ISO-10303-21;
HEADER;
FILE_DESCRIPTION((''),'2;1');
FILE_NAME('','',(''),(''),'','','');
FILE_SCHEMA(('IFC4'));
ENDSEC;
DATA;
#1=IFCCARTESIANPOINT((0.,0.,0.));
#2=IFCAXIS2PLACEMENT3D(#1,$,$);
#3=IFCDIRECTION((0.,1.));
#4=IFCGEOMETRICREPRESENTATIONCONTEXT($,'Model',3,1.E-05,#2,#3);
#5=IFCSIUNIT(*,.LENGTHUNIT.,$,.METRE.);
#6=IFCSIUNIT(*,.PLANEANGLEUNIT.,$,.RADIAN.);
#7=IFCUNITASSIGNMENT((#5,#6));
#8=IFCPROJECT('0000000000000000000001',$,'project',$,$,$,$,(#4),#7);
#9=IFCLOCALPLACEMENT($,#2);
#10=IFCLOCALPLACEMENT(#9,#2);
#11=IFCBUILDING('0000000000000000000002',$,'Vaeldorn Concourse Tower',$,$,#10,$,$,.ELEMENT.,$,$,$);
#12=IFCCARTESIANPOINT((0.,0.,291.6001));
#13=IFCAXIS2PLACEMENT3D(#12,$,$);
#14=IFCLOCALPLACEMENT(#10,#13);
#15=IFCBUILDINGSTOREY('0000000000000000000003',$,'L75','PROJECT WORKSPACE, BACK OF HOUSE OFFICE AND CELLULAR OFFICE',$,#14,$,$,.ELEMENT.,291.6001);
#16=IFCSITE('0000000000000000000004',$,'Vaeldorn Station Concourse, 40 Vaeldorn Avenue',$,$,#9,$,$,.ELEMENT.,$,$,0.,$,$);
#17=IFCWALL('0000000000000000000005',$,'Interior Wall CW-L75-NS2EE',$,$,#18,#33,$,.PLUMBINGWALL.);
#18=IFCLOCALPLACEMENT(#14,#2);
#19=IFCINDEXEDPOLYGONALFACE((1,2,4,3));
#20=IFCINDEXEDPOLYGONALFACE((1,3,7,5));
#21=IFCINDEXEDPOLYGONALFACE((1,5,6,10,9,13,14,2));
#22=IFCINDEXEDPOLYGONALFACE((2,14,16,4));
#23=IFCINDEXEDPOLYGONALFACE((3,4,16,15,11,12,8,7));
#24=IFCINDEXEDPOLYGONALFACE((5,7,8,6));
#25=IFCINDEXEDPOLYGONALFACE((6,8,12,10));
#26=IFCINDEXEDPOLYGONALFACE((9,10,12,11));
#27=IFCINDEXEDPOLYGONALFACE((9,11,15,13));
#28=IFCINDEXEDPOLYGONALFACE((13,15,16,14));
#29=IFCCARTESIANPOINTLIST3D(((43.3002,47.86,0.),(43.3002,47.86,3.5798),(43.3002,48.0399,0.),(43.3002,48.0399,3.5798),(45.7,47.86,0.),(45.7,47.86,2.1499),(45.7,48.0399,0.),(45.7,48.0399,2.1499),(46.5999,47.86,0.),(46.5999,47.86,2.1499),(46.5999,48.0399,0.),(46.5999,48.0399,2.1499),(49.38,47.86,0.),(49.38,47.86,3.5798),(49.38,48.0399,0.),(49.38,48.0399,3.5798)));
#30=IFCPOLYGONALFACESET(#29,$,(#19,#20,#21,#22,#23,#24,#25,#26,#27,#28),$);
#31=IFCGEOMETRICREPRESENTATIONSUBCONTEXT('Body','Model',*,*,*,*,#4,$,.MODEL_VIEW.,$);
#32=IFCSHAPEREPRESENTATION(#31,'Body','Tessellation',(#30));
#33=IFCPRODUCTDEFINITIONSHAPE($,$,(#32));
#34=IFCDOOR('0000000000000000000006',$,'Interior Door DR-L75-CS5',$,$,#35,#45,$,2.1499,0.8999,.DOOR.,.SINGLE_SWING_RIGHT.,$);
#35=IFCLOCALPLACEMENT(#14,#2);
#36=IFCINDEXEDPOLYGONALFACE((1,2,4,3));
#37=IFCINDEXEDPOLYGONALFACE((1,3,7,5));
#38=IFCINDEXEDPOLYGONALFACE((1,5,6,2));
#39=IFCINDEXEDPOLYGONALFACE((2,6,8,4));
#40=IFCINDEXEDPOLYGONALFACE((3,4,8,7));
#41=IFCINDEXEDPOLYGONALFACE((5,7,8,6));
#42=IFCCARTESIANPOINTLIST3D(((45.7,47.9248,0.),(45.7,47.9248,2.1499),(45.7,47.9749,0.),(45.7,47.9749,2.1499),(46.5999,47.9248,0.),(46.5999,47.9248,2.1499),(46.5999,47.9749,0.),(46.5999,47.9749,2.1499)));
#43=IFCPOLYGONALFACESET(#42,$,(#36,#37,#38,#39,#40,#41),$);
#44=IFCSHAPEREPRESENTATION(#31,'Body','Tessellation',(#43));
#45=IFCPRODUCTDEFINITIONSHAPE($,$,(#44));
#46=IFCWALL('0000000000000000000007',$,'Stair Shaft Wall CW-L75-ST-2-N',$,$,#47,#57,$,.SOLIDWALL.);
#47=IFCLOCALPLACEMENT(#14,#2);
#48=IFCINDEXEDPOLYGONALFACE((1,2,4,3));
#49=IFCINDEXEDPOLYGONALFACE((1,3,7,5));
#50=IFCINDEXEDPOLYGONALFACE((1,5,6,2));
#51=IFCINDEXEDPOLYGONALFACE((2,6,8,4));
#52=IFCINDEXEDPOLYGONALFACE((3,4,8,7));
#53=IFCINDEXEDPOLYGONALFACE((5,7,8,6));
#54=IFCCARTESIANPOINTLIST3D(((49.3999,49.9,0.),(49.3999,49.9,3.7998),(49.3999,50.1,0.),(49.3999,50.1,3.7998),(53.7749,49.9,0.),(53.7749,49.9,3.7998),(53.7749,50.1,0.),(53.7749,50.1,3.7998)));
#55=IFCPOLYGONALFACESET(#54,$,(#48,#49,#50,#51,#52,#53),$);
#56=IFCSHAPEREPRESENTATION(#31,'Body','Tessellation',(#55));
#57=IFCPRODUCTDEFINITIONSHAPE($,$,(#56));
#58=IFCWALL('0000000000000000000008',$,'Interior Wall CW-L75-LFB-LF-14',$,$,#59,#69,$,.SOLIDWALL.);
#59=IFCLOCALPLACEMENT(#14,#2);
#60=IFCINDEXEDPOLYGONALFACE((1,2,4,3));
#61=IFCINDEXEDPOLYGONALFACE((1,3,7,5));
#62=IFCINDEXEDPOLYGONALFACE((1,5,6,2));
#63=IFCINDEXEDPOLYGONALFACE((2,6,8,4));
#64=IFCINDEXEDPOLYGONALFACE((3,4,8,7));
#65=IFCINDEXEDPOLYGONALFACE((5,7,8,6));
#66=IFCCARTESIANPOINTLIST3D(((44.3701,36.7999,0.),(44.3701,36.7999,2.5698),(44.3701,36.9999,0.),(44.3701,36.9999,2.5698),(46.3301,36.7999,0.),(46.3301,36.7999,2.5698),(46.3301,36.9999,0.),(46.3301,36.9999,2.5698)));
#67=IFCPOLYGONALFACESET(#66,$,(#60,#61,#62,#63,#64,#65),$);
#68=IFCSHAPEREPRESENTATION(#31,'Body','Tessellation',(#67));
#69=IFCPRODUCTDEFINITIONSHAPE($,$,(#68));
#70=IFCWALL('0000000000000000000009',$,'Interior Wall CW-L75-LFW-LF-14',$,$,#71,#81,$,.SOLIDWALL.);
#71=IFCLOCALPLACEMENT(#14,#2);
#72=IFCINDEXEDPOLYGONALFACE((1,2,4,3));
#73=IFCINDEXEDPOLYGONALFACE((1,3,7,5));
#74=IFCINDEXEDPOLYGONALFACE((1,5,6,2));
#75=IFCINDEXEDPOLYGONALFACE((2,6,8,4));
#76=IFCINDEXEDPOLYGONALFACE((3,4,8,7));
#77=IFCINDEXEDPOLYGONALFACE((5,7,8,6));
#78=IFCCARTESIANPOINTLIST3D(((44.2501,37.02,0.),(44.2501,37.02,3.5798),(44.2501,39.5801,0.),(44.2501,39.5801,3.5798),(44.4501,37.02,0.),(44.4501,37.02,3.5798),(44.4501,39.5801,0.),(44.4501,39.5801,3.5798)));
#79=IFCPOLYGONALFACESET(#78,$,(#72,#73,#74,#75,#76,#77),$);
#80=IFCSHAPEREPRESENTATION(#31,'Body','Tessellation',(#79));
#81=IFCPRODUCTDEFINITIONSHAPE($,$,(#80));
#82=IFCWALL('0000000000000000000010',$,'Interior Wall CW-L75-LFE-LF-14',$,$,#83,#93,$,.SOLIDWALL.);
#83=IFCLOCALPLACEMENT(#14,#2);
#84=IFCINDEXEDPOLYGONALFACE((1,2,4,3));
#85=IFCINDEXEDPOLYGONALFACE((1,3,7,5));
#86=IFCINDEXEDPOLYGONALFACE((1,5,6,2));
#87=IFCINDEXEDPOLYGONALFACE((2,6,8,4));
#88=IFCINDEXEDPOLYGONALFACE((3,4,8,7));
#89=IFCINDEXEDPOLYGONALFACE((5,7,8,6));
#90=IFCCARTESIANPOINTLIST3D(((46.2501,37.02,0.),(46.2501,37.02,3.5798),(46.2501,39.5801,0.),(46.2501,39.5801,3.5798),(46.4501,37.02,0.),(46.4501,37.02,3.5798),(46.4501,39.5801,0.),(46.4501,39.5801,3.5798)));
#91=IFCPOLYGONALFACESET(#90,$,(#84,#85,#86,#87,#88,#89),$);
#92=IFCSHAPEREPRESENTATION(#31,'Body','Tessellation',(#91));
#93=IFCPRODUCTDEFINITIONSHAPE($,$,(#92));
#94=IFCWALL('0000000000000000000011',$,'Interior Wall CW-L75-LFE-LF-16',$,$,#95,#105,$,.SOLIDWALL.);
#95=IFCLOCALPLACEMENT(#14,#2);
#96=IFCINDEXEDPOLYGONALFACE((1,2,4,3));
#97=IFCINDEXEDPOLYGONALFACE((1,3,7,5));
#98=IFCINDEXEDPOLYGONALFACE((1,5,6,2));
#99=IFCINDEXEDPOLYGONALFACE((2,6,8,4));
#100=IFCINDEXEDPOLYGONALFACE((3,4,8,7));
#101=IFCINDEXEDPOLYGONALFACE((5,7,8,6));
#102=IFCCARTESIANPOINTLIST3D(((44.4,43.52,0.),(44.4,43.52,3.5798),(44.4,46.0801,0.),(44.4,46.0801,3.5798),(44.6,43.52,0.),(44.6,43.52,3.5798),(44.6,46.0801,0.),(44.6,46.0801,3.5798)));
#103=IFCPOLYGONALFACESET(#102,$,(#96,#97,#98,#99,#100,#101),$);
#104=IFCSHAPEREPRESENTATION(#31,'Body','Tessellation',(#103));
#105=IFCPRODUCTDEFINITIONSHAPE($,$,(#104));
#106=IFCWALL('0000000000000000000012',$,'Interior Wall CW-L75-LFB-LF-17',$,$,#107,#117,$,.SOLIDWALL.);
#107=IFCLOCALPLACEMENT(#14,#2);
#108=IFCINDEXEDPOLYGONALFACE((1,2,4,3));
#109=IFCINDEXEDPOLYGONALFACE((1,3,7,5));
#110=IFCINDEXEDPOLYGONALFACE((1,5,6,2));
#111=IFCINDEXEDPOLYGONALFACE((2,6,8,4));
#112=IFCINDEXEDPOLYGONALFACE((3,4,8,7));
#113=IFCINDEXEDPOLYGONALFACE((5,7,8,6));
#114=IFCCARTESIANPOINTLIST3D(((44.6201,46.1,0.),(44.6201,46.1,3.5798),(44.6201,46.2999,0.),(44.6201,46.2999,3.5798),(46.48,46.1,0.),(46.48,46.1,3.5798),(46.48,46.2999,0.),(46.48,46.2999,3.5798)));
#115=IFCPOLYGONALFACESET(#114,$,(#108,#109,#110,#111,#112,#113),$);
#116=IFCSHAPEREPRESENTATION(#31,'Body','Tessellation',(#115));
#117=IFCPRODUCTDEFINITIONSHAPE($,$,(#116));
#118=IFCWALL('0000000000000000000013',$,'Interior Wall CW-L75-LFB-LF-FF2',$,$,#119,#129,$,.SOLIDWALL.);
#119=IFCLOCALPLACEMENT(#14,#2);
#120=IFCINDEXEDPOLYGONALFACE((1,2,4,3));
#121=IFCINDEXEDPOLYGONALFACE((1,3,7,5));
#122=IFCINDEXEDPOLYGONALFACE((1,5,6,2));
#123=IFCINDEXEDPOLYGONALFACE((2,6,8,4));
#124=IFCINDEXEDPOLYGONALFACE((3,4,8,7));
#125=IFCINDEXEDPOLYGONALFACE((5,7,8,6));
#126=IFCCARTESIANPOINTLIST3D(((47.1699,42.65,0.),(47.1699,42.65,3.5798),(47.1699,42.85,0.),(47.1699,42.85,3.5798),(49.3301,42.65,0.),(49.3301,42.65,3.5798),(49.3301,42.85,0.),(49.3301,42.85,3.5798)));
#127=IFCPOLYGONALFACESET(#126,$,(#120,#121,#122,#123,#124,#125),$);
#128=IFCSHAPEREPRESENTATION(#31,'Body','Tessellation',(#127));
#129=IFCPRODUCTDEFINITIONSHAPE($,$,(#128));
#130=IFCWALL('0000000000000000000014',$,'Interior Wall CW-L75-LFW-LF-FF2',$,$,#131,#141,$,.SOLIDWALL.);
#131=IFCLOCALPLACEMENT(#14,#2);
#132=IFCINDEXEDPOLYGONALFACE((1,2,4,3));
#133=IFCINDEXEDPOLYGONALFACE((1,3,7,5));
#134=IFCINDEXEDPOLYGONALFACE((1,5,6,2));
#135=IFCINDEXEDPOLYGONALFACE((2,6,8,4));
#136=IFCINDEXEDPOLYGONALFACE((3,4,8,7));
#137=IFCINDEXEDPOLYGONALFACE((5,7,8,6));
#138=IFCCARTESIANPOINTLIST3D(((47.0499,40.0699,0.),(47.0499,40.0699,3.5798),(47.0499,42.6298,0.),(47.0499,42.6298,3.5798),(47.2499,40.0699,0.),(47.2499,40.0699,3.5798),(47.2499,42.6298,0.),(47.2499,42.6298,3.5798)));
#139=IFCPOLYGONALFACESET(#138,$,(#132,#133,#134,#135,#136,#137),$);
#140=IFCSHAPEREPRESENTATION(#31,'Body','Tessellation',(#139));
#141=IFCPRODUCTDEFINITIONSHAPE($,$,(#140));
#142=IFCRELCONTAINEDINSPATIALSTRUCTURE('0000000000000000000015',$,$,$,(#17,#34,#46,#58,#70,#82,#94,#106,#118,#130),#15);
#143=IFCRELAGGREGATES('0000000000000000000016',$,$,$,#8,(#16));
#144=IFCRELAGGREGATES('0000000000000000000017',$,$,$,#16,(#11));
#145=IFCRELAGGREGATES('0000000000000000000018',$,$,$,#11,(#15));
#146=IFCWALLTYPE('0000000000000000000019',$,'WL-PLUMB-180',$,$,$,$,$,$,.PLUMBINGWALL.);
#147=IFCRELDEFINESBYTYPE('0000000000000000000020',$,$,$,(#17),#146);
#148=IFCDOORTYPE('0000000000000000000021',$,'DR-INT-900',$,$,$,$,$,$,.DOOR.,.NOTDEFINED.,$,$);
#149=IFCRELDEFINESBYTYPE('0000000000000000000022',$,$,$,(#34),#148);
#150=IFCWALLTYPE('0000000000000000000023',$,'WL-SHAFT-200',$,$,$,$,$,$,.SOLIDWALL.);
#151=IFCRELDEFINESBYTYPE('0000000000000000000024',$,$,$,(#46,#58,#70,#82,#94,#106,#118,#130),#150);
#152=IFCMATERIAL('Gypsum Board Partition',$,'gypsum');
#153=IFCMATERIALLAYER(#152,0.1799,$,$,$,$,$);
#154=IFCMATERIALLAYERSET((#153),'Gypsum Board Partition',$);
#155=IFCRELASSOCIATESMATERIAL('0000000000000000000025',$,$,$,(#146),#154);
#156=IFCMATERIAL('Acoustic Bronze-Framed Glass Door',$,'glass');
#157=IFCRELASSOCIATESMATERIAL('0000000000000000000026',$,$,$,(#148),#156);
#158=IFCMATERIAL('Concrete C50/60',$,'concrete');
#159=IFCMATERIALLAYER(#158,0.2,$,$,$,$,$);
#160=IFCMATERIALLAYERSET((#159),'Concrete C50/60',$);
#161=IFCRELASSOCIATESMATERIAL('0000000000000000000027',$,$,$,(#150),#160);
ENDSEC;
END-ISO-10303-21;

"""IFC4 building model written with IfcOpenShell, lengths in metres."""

from ifc_helpers import new_model, si_unit, direction, frame, frame_2d, origin, place, context, subcontext, project, spatial, rectangle, extrude, source, transform, mapped, material, layer, layer_set, type_object, element, fill, save


model = new_model("IFC4")

# Units and contexts
model_context = context("Model", 3, precision=1e-05, world=origin(), true_north=direction((0.0, 1.0)))
body_context = subcontext(model_context, "Body", "Model", "MODEL_VIEW")
ifc_project = project(units=[si_unit("LENGTHUNIT", "METRE"), si_unit("PLANEANGLEUNIT", "RADIAN")], contexts=[model_context])

# Site, building, storey
site_placement = place(None, origin())
site = spatial("IfcSite", under=ifc_project, at=site_placement, Name="Vaeldorn Station Concourse, 40 Vaeldorn Avenue", CompositionType="ELEMENT", RefElevation=0.0)
building_placement = place(site_placement, origin())
building = spatial("IfcBuilding", under=site, at=building_placement, Name="Vaeldorn Concourse Tower", CompositionType="ELEMENT")
storey_placement = place(building_placement, frame((0.0, 0.0, 291.6001)))
storey = spatial("IfcBuildingStorey", under=building, at=storey_placement, Name="L75", Description="PROJECT WORKSPACE, BACK OF HOUSE OFFICE AND CELLULAR OFFICE", CompositionType="ELEMENT", Elevation=291.6001)

# Shared definitions
ifc_material_1 = material(Name="Concrete C50/60", Category="concrete")

# Shared definitions
ifc_material_2 = material(Name="Gypsum Board Partition", Category="gypsum")

# Shared definitions
ifc_layer_1 = layer(ifc_material_2, 0.1799)
ifc_layer_set_1 = layer_set([ifc_layer_1], Name="Gypsum Board Partition")
wall_type_1 = type_object("IfcWallType", Name="WL-PLUMB-180", PredefinedType="PLUMBINGWALL", material=ifc_layer_set_1)

# Wall, opening, door
wall_1_placement = place(storey_placement, frame((43.3, 47.95, 0.0), z_axis=(0.0, 0.0, 1.0), x_axis=(1.0, 0.0, 0.0)))
wall_1 = element("IfcWall", 1, at=wall_1_placement, inside=storey, type_object=wall_type_1, Name="Interior Wall CW-L75-NS2EE", PredefinedType="PLUMBINGWALL", context=body_context, shape_type="SweptSolid", body=[
    extrude(rectangle(XDim=6.0798, YDim=0.1799, at=frame_2d((3.04, 0.0))), origin(), (0.0, 0.0, 1.0), 3.5798),
])
opening_1_placement = place(wall_1_placement, frame((2.3999, 0.0, 0.0)))
opening_1 = element("IfcOpeningElement", 2, at=opening_1_placement, cuts=wall_1, PredefinedType="OPENING", context=body_context, shape_type="SweptSolid", body=[
    extrude(rectangle(XDim=0.8999, YDim=2.1499, at=frame_2d((0.45, 1.075))), frame((0.0, 0.1001, 0.0), z_axis=(0.0, -1.0, 0.0), x_axis=(1.0, 0.0, 0.0)), (0.0, 0.0, 1.0), 0.2),
])
ifc_material_3 = material(Name="Acoustic Bronze-Framed Glass Door", Category="glass")
door_type_1 = type_object("IfcDoorType", Name="DR-INT-900", OperationType="NOTDEFINED", PredefinedType="DOOR", material=ifc_material_3)
shared_shape_1 = source(origin(), body_context, "Body", "SweptSolid", [
    extrude(rectangle(XDim=0.8999, YDim=2.1499, at=frame_2d((0.45, 1.075))), frame((0.0, 0.0249, 0.0), z_axis=(0.0, -1.0, 0.0), x_axis=(1.0, 0.0, 0.0)), (0.0, 0.0, 1.0), 0.05),
])
door_1_placement = place(opening_1_placement, origin())
door_1 = element("IfcDoor", 3, at=door_1_placement, inside=storey, type_object=door_type_1, Name="Interior Door DR-L75-CS5", OperationType="SINGLE_SWING_RIGHT", OverallHeight=2.1499, OverallWidth=0.8999, PredefinedType="DOOR", context=body_context, shape_type="MappedRepresentation", body=[
    mapped(shared_shape_1, transform((0.0, 0.0, 0.0), scale=1.0)),
])
fill(opening_1, door_1)
ifc_layer_2 = layer(ifc_material_1, 0.2)
ifc_layer_set_2 = layer_set([ifc_layer_2], Name="Concrete C50/60")
wall_type_2 = type_object("IfcWallType", Name="WL-SHAFT-200", PredefinedType="SOLIDWALL", material=ifc_layer_set_2)

# Wall
wall_2_placement = place(storey_placement, frame((49.3999, 50.0, 0.0), z_axis=(0.0, 0.0, 1.0), x_axis=(1.0, 0.0, 0.0)))
element("IfcWall", 4, at=wall_2_placement, inside=storey, type_object=wall_type_2, Name="Stair Shaft Wall CW-L75-ST-2-N", PredefinedType="SOLIDWALL", context=body_context, shape_type="SweptSolid", body=[
    extrude(rectangle(XDim=4.375, YDim=0.2, at=frame_2d((2.1875, 0.0))), origin(), (0.0, 0.0, 1.0), 3.7998),
])

# Walls
wall_3_placement = place(storey_placement, frame((44.3701, 36.8999, 0.0), z_axis=(0.0, 0.0, 1.0), x_axis=(1.0, 0.0, 0.0)))
element("IfcWall", 5, at=wall_3_placement, inside=storey, type_object=wall_type_2, Name="Interior Wall CW-L75-LFB-LF-14", PredefinedType="SOLIDWALL", context=body_context, shape_type="SweptSolid", body=[
    extrude(rectangle(XDim=1.96, YDim=0.2, at=frame_2d((0.98, 0.0))), origin(), (0.0, 0.0, 1.0), 2.5698),
])
for number, where, z_axis, x_axis, name in (
    (6, (44.3501, 37.02, 0.0), (0.0, 0.0, 1.0), (0.0, 1.0, 0.0), "Interior Wall CW-L75-LFW-LF-14"),
    (7, (46.3501, 37.02, 0.0), (0.0, 0.0, 1.0), (0.0, 1.0, 0.0), "Interior Wall CW-L75-LFE-LF-14"),
    (8, (44.5, 43.52, 0.0), (0.0, 0.0, 1.0), (0.0, 1.0, 0.0), "Interior Wall CW-L75-LFE-LF-16"),
):
    element("IfcWall", number, at=place(storey_placement, frame(where, z_axis=z_axis, x_axis=x_axis)), inside=storey, type_object=wall_type_2, Name=name, PredefinedType="SOLIDWALL", context=body_context, shape_type="SweptSolid", body=[
        extrude(rectangle(XDim=2.5601, YDim=0.2, at=frame_2d((1.28, 0.0))), origin(), (0.0, 0.0, 1.0), 3.5798),
    ])

# Wall
wall_4_placement = place(storey_placement, frame((44.6201, 46.2, 0.0), z_axis=(0.0, 0.0, 1.0), x_axis=(1.0, 0.0, 0.0)))
element("IfcWall", 9, at=wall_4_placement, inside=storey, type_object=wall_type_2, Name="Interior Wall CW-L75-LFB-LF-17", PredefinedType="SOLIDWALL", context=body_context, shape_type="SweptSolid", body=[
    extrude(rectangle(XDim=1.8599, YDim=0.2, at=frame_2d((0.9299, 0.0))), origin(), (0.0, 0.0, 1.0), 3.5798),
])

# Walls
wall_5_placement = place(storey_placement, frame((47.1699, 42.75, 0.0), z_axis=(0.0, 0.0, 1.0), x_axis=(1.0, 0.0, 0.0)))
element("IfcWall", 10, at=wall_5_placement, inside=storey, type_object=wall_type_2, Name="Interior Wall CW-L75-LFB-LF-FF2", PredefinedType="SOLIDWALL", context=body_context, shape_type="SweptSolid", body=[
    extrude(rectangle(XDim=2.1602, YDim=0.2, at=frame_2d((1.0801, 0.0))), origin(), (0.0, 0.0, 1.0), 3.5798),
])
wall_6_placement = place(storey_placement, frame((47.1499, 40.0701, 0.0), z_axis=(0.0, 0.0, 1.0), x_axis=(0.0, 1.0, 0.0)))
element("IfcWall", 11, at=wall_6_placement, inside=storey, type_object=wall_type_2, Name="Interior Wall CW-L75-LFW-LF-FF2", PredefinedType="SOLIDWALL", context=body_context, shape_type="SweptSolid", body=[
    extrude(rectangle(XDim=2.5598, YDim=0.2, at=frame_2d((1.2798, 0.0))), origin(), (0.0, 0.0, 1.0), 3.5798),
])

save(model, "model.ifc")
